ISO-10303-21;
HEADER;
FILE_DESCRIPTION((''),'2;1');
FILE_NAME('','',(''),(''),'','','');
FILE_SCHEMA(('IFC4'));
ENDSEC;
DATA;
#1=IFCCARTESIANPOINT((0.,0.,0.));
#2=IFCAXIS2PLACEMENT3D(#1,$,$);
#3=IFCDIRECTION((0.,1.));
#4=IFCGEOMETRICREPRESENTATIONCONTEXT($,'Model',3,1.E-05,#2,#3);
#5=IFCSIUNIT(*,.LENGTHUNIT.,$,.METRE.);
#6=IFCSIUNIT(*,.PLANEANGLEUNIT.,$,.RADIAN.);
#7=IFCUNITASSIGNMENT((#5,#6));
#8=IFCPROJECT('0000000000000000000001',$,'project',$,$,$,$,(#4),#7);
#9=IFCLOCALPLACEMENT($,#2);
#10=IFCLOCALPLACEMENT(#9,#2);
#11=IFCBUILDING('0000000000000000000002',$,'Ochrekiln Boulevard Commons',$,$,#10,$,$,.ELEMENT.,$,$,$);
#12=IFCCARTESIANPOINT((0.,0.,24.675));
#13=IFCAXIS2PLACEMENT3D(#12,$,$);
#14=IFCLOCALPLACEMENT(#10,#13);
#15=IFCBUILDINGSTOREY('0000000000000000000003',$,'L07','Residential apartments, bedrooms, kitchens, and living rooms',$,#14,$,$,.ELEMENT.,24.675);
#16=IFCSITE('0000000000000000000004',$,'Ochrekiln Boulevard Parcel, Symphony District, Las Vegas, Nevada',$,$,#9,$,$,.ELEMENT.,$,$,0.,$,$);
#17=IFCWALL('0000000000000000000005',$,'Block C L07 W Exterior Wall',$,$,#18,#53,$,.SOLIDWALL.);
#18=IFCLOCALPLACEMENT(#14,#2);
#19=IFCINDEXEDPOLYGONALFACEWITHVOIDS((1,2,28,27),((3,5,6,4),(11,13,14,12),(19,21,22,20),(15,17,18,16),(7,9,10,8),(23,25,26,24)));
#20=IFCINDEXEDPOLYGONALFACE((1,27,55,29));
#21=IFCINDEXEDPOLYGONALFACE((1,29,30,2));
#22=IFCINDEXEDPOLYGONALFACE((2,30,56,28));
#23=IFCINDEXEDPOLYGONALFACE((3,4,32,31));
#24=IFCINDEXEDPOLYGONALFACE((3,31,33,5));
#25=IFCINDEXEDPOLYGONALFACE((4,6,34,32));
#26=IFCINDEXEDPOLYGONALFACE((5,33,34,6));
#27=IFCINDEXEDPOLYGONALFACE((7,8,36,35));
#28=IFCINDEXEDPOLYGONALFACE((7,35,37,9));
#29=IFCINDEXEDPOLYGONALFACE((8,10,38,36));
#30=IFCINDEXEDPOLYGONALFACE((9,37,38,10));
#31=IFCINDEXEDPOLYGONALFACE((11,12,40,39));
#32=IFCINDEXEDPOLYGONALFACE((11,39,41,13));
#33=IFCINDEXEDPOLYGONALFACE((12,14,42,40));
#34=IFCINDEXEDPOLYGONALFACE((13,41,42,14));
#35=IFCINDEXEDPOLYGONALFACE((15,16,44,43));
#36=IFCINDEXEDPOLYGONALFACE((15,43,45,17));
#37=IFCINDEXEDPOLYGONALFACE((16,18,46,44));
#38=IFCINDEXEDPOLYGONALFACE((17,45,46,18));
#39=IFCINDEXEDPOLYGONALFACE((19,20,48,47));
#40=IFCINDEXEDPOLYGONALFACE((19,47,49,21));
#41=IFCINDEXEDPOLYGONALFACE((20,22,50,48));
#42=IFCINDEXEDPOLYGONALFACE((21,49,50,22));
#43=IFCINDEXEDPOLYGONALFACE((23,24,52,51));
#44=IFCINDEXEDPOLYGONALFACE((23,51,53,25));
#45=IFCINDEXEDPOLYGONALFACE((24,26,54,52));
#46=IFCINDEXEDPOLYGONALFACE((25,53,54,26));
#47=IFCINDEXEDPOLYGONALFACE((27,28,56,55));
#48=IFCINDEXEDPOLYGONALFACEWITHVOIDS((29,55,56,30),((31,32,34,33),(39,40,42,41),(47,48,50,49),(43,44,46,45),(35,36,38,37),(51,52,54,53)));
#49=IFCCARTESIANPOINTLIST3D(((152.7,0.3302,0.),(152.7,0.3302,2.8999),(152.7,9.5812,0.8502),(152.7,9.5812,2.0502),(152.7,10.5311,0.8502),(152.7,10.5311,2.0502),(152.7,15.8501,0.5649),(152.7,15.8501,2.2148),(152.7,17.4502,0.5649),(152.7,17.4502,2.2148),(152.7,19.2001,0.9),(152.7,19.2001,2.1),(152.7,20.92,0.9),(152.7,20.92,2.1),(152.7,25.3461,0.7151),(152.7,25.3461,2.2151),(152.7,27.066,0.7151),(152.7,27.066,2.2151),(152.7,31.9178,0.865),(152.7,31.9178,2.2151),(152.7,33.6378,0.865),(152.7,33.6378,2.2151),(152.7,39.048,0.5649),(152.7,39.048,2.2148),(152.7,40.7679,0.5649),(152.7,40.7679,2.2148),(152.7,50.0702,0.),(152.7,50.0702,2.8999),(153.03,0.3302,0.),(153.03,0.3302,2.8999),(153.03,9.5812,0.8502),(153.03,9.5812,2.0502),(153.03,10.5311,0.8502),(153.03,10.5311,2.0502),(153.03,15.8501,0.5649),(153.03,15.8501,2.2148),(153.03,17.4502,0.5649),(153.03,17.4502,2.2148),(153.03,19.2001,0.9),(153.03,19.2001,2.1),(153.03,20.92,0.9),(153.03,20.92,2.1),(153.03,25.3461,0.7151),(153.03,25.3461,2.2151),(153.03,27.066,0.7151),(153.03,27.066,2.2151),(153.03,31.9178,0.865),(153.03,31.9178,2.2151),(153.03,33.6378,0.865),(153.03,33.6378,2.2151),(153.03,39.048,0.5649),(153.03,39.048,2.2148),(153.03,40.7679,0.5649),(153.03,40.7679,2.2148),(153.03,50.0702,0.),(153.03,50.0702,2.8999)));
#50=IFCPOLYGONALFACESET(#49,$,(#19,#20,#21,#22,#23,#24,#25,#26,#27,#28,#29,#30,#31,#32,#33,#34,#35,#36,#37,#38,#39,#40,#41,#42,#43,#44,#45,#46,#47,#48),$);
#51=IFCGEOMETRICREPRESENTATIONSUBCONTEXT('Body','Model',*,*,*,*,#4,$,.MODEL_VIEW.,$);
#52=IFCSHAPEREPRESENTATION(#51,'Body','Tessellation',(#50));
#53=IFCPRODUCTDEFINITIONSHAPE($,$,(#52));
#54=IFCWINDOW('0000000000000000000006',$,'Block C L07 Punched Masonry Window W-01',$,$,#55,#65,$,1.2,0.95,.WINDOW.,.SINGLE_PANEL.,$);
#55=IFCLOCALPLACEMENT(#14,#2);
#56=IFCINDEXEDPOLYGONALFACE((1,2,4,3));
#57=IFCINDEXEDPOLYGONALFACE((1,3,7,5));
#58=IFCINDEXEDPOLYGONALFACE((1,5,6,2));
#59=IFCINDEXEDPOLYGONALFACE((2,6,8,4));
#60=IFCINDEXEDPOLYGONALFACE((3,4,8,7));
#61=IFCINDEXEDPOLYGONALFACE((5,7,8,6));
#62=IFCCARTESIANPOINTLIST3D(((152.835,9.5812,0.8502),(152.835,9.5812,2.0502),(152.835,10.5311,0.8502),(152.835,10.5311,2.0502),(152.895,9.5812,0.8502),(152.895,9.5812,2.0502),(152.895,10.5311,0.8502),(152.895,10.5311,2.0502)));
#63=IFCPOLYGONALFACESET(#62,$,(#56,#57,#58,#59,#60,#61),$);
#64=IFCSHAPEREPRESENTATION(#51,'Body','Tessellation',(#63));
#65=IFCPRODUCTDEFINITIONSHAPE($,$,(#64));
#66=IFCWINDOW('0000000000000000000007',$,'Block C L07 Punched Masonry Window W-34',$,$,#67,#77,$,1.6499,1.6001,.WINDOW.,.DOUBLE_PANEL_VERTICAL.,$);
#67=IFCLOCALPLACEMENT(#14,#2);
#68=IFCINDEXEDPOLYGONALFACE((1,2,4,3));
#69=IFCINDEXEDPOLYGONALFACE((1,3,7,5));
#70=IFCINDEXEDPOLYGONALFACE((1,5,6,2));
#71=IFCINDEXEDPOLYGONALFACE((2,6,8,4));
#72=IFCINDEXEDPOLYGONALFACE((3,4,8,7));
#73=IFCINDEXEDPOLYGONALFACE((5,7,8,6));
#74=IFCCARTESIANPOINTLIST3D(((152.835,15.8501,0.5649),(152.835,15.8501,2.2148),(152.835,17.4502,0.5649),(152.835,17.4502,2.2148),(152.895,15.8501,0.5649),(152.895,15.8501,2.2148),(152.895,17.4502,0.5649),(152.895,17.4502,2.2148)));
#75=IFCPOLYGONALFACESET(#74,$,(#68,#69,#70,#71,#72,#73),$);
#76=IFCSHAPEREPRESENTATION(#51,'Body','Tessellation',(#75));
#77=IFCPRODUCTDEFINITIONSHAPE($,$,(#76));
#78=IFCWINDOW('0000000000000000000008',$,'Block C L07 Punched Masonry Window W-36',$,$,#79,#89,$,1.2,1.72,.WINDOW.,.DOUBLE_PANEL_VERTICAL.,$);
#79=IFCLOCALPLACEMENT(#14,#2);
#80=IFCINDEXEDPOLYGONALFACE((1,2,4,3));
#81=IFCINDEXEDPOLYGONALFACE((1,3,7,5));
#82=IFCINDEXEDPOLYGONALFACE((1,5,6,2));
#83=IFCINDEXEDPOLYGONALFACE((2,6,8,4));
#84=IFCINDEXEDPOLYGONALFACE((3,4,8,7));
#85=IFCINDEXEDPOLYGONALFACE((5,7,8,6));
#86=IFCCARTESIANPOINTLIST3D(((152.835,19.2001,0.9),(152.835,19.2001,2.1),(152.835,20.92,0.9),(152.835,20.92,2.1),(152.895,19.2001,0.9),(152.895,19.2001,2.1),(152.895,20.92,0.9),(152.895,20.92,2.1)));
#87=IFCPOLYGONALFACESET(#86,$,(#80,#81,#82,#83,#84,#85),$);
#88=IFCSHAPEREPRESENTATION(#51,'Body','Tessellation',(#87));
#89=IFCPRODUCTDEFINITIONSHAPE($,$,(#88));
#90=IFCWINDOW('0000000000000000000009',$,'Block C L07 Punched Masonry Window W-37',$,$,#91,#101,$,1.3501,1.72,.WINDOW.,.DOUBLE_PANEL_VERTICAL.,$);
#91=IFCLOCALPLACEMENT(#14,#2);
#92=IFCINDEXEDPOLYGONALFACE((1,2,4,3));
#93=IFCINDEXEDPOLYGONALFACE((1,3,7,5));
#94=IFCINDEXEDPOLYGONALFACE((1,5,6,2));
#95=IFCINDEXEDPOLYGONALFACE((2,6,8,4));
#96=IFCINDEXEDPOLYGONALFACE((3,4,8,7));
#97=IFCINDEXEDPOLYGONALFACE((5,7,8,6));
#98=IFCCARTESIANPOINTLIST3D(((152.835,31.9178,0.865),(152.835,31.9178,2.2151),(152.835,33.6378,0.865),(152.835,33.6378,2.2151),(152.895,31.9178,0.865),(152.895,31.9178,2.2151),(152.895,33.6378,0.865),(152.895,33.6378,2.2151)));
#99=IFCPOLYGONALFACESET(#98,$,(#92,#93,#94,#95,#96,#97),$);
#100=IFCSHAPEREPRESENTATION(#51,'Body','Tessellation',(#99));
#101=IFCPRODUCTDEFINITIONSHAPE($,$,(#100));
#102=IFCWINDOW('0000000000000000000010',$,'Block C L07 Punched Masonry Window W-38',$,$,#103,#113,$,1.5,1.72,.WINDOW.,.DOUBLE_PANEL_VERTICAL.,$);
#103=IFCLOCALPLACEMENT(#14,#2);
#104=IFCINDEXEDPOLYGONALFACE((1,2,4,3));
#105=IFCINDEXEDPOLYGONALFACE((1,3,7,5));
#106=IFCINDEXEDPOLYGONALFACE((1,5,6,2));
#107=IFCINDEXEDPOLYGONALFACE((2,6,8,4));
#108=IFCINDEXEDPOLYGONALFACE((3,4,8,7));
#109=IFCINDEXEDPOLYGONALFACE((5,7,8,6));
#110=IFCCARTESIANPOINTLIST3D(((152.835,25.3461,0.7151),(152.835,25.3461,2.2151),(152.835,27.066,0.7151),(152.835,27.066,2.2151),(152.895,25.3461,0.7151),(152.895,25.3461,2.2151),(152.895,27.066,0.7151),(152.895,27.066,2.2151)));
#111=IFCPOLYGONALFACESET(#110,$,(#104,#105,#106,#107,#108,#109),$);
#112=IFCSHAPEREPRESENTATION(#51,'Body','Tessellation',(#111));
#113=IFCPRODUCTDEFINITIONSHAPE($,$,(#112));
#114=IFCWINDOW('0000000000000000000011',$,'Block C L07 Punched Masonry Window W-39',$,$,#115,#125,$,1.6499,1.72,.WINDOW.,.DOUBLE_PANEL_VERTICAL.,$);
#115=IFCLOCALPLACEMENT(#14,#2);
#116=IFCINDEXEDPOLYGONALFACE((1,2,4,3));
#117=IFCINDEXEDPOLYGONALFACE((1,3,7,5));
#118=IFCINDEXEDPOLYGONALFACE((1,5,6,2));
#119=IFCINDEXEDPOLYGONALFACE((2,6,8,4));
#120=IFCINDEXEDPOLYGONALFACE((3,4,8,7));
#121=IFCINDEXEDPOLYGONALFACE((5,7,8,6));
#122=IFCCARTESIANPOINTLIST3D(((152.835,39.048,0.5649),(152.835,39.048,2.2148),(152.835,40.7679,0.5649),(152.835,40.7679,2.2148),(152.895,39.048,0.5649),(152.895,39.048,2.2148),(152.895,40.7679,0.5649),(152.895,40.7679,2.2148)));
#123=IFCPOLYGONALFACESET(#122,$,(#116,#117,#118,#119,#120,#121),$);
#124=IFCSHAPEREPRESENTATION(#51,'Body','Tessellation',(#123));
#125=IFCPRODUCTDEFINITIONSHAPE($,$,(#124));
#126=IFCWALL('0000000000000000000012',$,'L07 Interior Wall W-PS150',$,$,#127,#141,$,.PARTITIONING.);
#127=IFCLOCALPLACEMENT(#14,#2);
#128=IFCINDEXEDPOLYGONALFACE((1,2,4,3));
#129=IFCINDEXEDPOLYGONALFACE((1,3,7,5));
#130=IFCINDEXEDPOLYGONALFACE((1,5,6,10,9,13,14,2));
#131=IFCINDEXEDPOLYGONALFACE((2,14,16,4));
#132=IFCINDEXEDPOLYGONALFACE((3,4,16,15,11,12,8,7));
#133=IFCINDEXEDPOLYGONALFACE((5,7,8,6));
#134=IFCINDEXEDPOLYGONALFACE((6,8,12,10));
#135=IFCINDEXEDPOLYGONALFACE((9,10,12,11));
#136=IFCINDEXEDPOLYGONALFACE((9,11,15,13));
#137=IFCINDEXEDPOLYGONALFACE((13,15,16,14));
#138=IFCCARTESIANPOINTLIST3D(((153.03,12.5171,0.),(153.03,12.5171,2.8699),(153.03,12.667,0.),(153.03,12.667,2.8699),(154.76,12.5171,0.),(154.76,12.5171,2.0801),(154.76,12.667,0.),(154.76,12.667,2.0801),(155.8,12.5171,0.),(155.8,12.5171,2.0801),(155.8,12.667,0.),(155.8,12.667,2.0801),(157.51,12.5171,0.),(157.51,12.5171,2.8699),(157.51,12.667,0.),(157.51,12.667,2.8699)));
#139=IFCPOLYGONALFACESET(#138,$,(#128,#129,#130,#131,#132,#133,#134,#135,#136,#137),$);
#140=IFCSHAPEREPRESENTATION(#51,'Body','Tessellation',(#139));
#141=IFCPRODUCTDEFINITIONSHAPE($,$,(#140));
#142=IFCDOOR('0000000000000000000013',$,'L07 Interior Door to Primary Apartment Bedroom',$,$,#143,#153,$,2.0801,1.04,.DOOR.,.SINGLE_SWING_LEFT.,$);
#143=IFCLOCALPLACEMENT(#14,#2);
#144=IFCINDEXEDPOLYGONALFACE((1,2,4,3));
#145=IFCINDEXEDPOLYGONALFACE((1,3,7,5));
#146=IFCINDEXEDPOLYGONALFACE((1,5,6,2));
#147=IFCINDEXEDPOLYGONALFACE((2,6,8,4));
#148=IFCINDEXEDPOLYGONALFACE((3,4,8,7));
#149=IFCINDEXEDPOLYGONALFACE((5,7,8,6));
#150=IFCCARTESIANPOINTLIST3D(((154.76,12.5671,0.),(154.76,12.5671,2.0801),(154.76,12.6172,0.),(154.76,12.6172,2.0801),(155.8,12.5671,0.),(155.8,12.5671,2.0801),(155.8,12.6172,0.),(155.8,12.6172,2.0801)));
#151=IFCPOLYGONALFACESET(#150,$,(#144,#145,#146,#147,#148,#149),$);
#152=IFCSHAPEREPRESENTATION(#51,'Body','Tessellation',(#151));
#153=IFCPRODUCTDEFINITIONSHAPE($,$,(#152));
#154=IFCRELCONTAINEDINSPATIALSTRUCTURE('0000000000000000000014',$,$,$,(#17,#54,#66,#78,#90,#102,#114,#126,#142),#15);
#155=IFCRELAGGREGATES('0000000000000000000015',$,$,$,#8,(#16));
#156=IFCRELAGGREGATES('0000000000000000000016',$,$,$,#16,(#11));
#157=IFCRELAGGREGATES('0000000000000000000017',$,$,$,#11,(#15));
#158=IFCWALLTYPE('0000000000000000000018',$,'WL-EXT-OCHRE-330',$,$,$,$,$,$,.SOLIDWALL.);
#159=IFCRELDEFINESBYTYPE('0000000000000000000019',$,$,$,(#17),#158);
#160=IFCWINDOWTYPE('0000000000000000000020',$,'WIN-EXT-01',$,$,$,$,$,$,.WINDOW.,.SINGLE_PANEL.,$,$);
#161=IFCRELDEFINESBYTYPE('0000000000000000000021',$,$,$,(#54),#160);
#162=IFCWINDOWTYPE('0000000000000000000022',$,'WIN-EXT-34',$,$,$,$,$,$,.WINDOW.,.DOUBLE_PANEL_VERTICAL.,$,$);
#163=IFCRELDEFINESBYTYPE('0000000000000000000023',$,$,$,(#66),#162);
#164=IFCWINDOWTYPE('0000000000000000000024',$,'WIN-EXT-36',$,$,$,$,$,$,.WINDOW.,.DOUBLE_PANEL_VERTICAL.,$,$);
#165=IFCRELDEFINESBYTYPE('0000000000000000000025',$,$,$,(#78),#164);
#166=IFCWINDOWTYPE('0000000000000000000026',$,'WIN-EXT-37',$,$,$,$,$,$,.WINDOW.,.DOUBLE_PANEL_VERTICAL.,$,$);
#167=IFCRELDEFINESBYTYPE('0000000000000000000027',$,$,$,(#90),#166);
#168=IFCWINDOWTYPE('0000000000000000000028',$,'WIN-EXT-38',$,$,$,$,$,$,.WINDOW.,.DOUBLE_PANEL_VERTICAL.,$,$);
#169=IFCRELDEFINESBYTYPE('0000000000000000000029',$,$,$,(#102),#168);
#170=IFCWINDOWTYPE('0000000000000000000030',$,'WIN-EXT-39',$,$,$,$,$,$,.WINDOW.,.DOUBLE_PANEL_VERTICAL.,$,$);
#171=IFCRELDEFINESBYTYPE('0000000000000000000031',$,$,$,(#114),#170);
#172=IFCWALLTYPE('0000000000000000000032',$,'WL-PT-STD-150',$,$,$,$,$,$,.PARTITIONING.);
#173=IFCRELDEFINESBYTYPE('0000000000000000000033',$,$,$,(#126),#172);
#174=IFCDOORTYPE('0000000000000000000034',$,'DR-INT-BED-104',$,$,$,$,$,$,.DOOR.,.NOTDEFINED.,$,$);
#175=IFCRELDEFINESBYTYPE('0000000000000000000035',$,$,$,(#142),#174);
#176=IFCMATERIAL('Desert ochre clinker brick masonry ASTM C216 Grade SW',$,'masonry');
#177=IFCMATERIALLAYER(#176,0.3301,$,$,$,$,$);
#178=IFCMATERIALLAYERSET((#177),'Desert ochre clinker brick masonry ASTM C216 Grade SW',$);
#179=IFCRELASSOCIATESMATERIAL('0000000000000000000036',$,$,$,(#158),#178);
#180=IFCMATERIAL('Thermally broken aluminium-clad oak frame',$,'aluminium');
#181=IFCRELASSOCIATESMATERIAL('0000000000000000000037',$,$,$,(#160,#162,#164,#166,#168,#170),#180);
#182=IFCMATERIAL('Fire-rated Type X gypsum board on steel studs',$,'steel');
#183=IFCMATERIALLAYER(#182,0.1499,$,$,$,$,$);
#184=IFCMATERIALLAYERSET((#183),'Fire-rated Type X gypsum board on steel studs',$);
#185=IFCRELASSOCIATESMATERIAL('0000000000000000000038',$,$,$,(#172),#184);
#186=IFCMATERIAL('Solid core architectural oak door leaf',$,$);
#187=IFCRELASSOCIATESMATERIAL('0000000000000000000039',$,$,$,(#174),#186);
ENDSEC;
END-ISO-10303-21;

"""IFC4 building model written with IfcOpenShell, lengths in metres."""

from ifc_helpers import new_model, si_unit, direction, frame, frame_2d, origin, place, context, subcontext, project, spatial, rectangle, extrude, material, layer, layer_set, type_object, element, fill, save


model = new_model("IFC4")

# Units and contexts
model_context = context("Model", 3, precision=1e-05, world=origin(), true_north=direction((0.0, 1.0)))
body_context = subcontext(model_context, "Body", "Model", "MODEL_VIEW")
ifc_project = project(units=[si_unit("LENGTHUNIT", "METRE"), si_unit("PLANEANGLEUNIT", "RADIAN")], contexts=[model_context])

# Site, building, storey
site_placement = place(None, origin())
site = spatial("IfcSite", under=ifc_project, at=site_placement, Name="Ochrekiln Boulevard Parcel, Symphony District, Las Vegas, Nevada", CompositionType="ELEMENT", RefElevation=0.0)
building_placement = place(site_placement, origin())
building = spatial("IfcBuilding", under=site, at=building_placement, Name="Ochrekiln Boulevard Commons", CompositionType="ELEMENT")
storey_placement = place(building_placement, frame((0.0, 0.0, 24.675)))
storey = spatial("IfcBuildingStorey", under=building, at=storey_placement, Name="L07", Description="Residential apartments, bedrooms, kitchens, and living rooms", CompositionType="ELEMENT", Elevation=24.675)

# Shared definitions
ifc_material_1 = material(Name="Desert ochre clinker brick masonry ASTM C216 Grade SW", Category="masonry")
ifc_layer_1 = layer(ifc_material_1, 0.3301)
ifc_layer_set_1 = layer_set([ifc_layer_1], Name="Desert ochre clinker brick masonry ASTM C216 Grade SW")
wall_type_1 = type_object("IfcWallType", Name="WL-EXT-OCHRE-330", PredefinedType="SOLIDWALL", material=ifc_layer_set_1)

# Wall, openings, windows
wall_1_placement = place(storey_placement, frame((152.865, 0.3301, 0.0), z_axis=(0.0, 0.0, 1.0), x_axis=(0.0, 1.0, 0.0)))
wall_1 = element("IfcWall", 1, at=wall_1_placement, inside=storey, type_object=wall_type_1, Name="Block C L07 W Exterior Wall", PredefinedType="SOLIDWALL", context=body_context, shape_type="SweptSolid", body=[
    extrude(rectangle(XDim=49.74, YDim=0.3301, at=frame_2d((24.8701, 0.0))), origin(), (0.0, 0.0, 1.0), 2.8999),
])
opening_1_placement = place(wall_1_placement, frame((15.52, 0.0, 0.5649)))
opening_1 = element("IfcOpeningElement", 2, at=opening_1_placement, cuts=wall_1, PredefinedType="OPENING", context=body_context, shape_type="SweptSolid", body=[
    extrude(rectangle(XDim=1.6001, YDim=1.6499, at=frame_2d((0.8, 0.825))), frame((0.0, 0.175, 0.0), z_axis=(0.0, -1.0, 0.0), x_axis=(1.0, 0.0, 0.0)), (0.0, 0.0, 1.0), 0.3501),
])
opening_2_placement = place(wall_1_placement, frame((9.251, 0.0, 0.8501)))
opening_2 = element("IfcOpeningElement", 3, at=opening_2_placement, cuts=wall_1, PredefinedType="OPENING", context=body_context, shape_type="SweptSolid", body=[
    extrude(rectangle(XDim=0.95, YDim=1.2, at=frame_2d((0.4751, 0.6001))), frame((0.0, 0.175, 0.0), z_axis=(0.0, -1.0, 0.0), x_axis=(1.0, 0.0, 0.0)), (0.0, 0.0, 1.0), 0.3501),
])
opening_3_placement = place(wall_1_placement, frame((18.8701, 0.0, 0.8999)))
opening_3 = element("IfcOpeningElement", 4, at=opening_3_placement, cuts=wall_1, PredefinedType="OPENING", context=body_context, shape_type="SweptSolid", body=[
    extrude(rectangle(XDim=1.72, YDim=1.2, at=frame_2d((0.8599, 0.6001))), frame((0.0, 0.175, 0.0), z_axis=(0.0, -1.0, 0.0), x_axis=(1.0, 0.0, 0.0)), (0.0, 0.0, 1.0), 0.3501),
])
opening_4_placement = place(wall_1_placement, frame((31.5879, 0.0, 0.865)))
opening_4 = element("IfcOpeningElement", 5, at=opening_4_placement, cuts=wall_1, PredefinedType="OPENING", context=body_context, shape_type="SweptSolid", body=[
    extrude(rectangle(XDim=1.72, YDim=1.3501, at=frame_2d((0.8599, 0.675))), frame((0.0, 0.175, 0.0), z_axis=(0.0, -1.0, 0.0), x_axis=(1.0, 0.0, 0.0)), (0.0, 0.0, 1.0), 0.3501),
])
opening_5_placement = place(wall_1_placement, frame((25.0161, 0.0, 0.7151)))
opening_5 = element("IfcOpeningElement", 6, at=opening_5_placement, cuts=wall_1, PredefinedType="OPENING", context=body_context, shape_type="SweptSolid", body=[
    extrude(rectangle(XDim=1.72, YDim=1.5, at=frame_2d((0.8599, 0.75))), frame((0.0, 0.175, 0.0), z_axis=(0.0, -1.0, 0.0), x_axis=(1.0, 0.0, 0.0)), (0.0, 0.0, 1.0), 0.3501),
])
opening_6_placement = place(wall_1_placement, frame((38.718, 0.0, 0.5649)))
opening_6 = element("IfcOpeningElement", 7, at=opening_6_placement, cuts=wall_1, PredefinedType="OPENING", context=body_context, shape_type="SweptSolid", body=[
    extrude(rectangle(XDim=1.72, YDim=1.6499, at=frame_2d((0.8599, 0.825))), frame((0.0, 0.175, 0.0), z_axis=(0.0, -1.0, 0.0), x_axis=(1.0, 0.0, 0.0)), (0.0, 0.0, 1.0), 0.3501),
])
ifc_material_2 = material(Name="Thermally broken aluminium-clad oak frame", Category="aluminium")
window_type_1 = type_object("IfcWindowType", Name="WIN-EXT-01", PartitioningType="SINGLE_PANEL", PredefinedType="WINDOW", material=ifc_material_2)
window_1_placement = place(opening_2_placement, origin())
window_1 = element("IfcWindow", 8, at=window_1_placement, inside=storey, type_object=window_type_1, Name="Block C L07 Punched Masonry Window W-01", OverallHeight=1.2, OverallWidth=0.95, PartitioningType="SINGLE_PANEL", PredefinedType="WINDOW", context=body_context, shape_type="SweptSolid", body=[
    extrude(rectangle(XDim=0.95, YDim=1.2, at=frame_2d((0.4751, 0.6001))), frame((0.0, 0.03, 0.0), z_axis=(0.0, -1.0, 0.0), x_axis=(1.0, 0.0, 0.0)), (0.0, 0.0, 1.0), 0.0601),
])
fill(opening_2, window_1)
window_type_2 = type_object("IfcWindowType", Name="WIN-EXT-34", PartitioningType="DOUBLE_PANEL_VERTICAL", PredefinedType="WINDOW", material=ifc_material_2)
window_2_placement = place(opening_1_placement, origin())
window_2 = element("IfcWindow", 9, at=window_2_placement, inside=storey, type_object=window_type_2, Name="Block C L07 Punched Masonry Window W-34", OverallHeight=1.6499, OverallWidth=1.6001, PartitioningType="DOUBLE_PANEL_VERTICAL", PredefinedType="WINDOW", context=body_context, shape_type="SweptSolid", body=[
    extrude(rectangle(XDim=1.6001, YDim=1.6499, at=frame_2d((0.8, 0.825))), frame((0.0, 0.03, 0.0), z_axis=(0.0, -1.0, 0.0), x_axis=(1.0, 0.0, 0.0)), (0.0, 0.0, 1.0), 0.0601),
])
fill(opening_1, window_2)
window_type_3 = type_object("IfcWindowType", Name="WIN-EXT-36", PartitioningType="DOUBLE_PANEL_VERTICAL", PredefinedType="WINDOW", material=ifc_material_2)
window_3_placement = place(opening_3_placement, origin())
window_3 = element("IfcWindow", 10, at=window_3_placement, inside=storey, type_object=window_type_3, Name="Block C L07 Punched Masonry Window W-36", OverallHeight=1.2, OverallWidth=1.72, PartitioningType="DOUBLE_PANEL_VERTICAL", PredefinedType="WINDOW", context=body_context, shape_type="SweptSolid", body=[
    extrude(rectangle(XDim=1.72, YDim=1.2, at=frame_2d((0.8599, 0.6001))), frame((0.0, 0.03, 0.0), z_axis=(0.0, -1.0, 0.0), x_axis=(1.0, 0.0, 0.0)), (0.0, 0.0, 1.0), 0.0601),
])
fill(opening_3, window_3)
window_type_4 = type_object("IfcWindowType", Name="WIN-EXT-37", PartitioningType="DOUBLE_PANEL_VERTICAL", PredefinedType="WINDOW", material=ifc_material_2)
window_4_placement = place(opening_4_placement, origin())
window_4 = element("IfcWindow", 11, at=window_4_placement, inside=storey, type_object=window_type_4, Name="Block C L07 Punched Masonry Window W-37", OverallHeight=1.3501, OverallWidth=1.72, PartitioningType="DOUBLE_PANEL_VERTICAL", PredefinedType="WINDOW", context=body_context, shape_type="SweptSolid", body=[
    extrude(rectangle(XDim=1.72, YDim=1.3501, at=frame_2d((0.8599, 0.675))), frame((0.0, 0.03, 0.0), z_axis=(0.0, -1.0, 0.0), x_axis=(1.0, 0.0, 0.0)), (0.0, 0.0, 1.0), 0.0601),
])
fill(opening_4, window_4)
window_type_5 = type_object("IfcWindowType", Name="WIN-EXT-38", PartitioningType="DOUBLE_PANEL_VERTICAL", PredefinedType="WINDOW", material=ifc_material_2)
window_5_placement = place(opening_5_placement, origin())
window_5 = element("IfcWindow", 12, at=window_5_placement, inside=storey, type_object=window_type_5, Name="Block C L07 Punched Masonry Window W-38", OverallHeight=1.5, OverallWidth=1.72, PartitioningType="DOUBLE_PANEL_VERTICAL", PredefinedType="WINDOW", context=body_context, shape_type="SweptSolid", body=[
    extrude(rectangle(XDim=1.72, YDim=1.5, at=frame_2d((0.8599, 0.75))), frame((0.0, 0.03, 0.0), z_axis=(0.0, -1.0, 0.0), x_axis=(1.0, 0.0, 0.0)), (0.0, 0.0, 1.0), 0.0601),
])
fill(opening_5, window_5)
window_type_6 = type_object("IfcWindowType", Name="WIN-EXT-39", PartitioningType="DOUBLE_PANEL_VERTICAL", PredefinedType="WINDOW", material=ifc_material_2)
window_6_placement = place(opening_6_placement, origin())
window_6 = element("IfcWindow", 13, at=window_6_placement, inside=storey, type_object=window_type_6, Name="Block C L07 Punched Masonry Window W-39", OverallHeight=1.6499, OverallWidth=1.72, PartitioningType="DOUBLE_PANEL_VERTICAL", PredefinedType="WINDOW", context=body_context, shape_type="SweptSolid", body=[
    extrude(rectangle(XDim=1.72, YDim=1.6499, at=frame_2d((0.8599, 0.825))), frame((0.0, 0.03, 0.0), z_axis=(0.0, -1.0, 0.0), x_axis=(1.0, 0.0, 0.0)), (0.0, 0.0, 1.0), 0.0601),
])
fill(opening_6, window_6)

# Wall, opening, door
ifc_material_3 = material(Name="Fire-rated Type X gypsum board on steel studs", Category="steel")
ifc_layer_2 = layer(ifc_material_3, 0.1499)
ifc_layer_set_2 = layer_set([ifc_layer_2], Name="Fire-rated Type X gypsum board on steel studs")
wall_type_2 = type_object("IfcWallType", Name="WL-PT-STD-150", PredefinedType="PARTITIONING", material=ifc_layer_set_2)
wall_2_placement = place(storey_placement, frame((153.03, 12.592, 0.0), z_axis=(0.0, 0.0, 1.0), x_axis=(1.0, 0.0, 0.0)))
wall_2 = element("IfcWall", 14, at=wall_2_placement, inside=storey, type_object=wall_type_2, Name="L07 Interior Wall W-PS150", PredefinedType="PARTITIONING", context=body_context, shape_type="SweptSolid", body=[
    extrude(rectangle(XDim=4.48, YDim=0.1499, at=frame_2d((2.24, 0.0))), origin(), (0.0, 0.0, 1.0), 2.8699),
])
opening_7_placement = place(wall_2_placement, frame((1.73, 0.0, 0.0)))
opening_7 = element("IfcOpeningElement", 15, at=opening_7_placement, cuts=wall_2, PredefinedType="OPENING", context=body_context, shape_type="SweptSolid", body=[
    extrude(rectangle(XDim=1.04, YDim=2.0801, at=frame_2d((0.52, 1.04))), frame((0.0, 0.085, 0.0), z_axis=(0.0, -1.0, 0.0), x_axis=(1.0, 0.0, 0.0)), (0.0, 0.0, 1.0), 0.1699),
])
ifc_material_4 = material(Name="Solid core architectural oak door leaf")
door_type_1 = type_object("IfcDoorType", Name="DR-INT-BED-104", OperationType="NOTDEFINED", PredefinedType="DOOR", material=ifc_material_4)
door_1_placement = place(opening_7_placement, frame((1.04, 0.0, 0.0), z_axis=(0.0, 0.0, 1.0), x_axis=(-1.0, 0.0, 0.0)))
door_1 = element("IfcDoor", 16, at=door_1_placement, inside=storey, type_object=door_type_1, Name="L07 Interior Door to Primary Apartment Bedroom", OperationType="SINGLE_SWING_LEFT", OverallHeight=2.0801, OverallWidth=1.04, PredefinedType="DOOR", context=body_context, shape_type="SweptSolid", body=[
    extrude(rectangle(XDim=1.04, YDim=2.0801, at=frame_2d((0.52, 1.04))), frame((0.0, 0.0249, 0.0), z_axis=(0.0, -1.0, 0.0), x_axis=(1.0, 0.0, 0.0)), (0.0, 0.0, 1.0), 0.05),
])
fill(opening_7, door_1)

save(model, "model.ifc")
